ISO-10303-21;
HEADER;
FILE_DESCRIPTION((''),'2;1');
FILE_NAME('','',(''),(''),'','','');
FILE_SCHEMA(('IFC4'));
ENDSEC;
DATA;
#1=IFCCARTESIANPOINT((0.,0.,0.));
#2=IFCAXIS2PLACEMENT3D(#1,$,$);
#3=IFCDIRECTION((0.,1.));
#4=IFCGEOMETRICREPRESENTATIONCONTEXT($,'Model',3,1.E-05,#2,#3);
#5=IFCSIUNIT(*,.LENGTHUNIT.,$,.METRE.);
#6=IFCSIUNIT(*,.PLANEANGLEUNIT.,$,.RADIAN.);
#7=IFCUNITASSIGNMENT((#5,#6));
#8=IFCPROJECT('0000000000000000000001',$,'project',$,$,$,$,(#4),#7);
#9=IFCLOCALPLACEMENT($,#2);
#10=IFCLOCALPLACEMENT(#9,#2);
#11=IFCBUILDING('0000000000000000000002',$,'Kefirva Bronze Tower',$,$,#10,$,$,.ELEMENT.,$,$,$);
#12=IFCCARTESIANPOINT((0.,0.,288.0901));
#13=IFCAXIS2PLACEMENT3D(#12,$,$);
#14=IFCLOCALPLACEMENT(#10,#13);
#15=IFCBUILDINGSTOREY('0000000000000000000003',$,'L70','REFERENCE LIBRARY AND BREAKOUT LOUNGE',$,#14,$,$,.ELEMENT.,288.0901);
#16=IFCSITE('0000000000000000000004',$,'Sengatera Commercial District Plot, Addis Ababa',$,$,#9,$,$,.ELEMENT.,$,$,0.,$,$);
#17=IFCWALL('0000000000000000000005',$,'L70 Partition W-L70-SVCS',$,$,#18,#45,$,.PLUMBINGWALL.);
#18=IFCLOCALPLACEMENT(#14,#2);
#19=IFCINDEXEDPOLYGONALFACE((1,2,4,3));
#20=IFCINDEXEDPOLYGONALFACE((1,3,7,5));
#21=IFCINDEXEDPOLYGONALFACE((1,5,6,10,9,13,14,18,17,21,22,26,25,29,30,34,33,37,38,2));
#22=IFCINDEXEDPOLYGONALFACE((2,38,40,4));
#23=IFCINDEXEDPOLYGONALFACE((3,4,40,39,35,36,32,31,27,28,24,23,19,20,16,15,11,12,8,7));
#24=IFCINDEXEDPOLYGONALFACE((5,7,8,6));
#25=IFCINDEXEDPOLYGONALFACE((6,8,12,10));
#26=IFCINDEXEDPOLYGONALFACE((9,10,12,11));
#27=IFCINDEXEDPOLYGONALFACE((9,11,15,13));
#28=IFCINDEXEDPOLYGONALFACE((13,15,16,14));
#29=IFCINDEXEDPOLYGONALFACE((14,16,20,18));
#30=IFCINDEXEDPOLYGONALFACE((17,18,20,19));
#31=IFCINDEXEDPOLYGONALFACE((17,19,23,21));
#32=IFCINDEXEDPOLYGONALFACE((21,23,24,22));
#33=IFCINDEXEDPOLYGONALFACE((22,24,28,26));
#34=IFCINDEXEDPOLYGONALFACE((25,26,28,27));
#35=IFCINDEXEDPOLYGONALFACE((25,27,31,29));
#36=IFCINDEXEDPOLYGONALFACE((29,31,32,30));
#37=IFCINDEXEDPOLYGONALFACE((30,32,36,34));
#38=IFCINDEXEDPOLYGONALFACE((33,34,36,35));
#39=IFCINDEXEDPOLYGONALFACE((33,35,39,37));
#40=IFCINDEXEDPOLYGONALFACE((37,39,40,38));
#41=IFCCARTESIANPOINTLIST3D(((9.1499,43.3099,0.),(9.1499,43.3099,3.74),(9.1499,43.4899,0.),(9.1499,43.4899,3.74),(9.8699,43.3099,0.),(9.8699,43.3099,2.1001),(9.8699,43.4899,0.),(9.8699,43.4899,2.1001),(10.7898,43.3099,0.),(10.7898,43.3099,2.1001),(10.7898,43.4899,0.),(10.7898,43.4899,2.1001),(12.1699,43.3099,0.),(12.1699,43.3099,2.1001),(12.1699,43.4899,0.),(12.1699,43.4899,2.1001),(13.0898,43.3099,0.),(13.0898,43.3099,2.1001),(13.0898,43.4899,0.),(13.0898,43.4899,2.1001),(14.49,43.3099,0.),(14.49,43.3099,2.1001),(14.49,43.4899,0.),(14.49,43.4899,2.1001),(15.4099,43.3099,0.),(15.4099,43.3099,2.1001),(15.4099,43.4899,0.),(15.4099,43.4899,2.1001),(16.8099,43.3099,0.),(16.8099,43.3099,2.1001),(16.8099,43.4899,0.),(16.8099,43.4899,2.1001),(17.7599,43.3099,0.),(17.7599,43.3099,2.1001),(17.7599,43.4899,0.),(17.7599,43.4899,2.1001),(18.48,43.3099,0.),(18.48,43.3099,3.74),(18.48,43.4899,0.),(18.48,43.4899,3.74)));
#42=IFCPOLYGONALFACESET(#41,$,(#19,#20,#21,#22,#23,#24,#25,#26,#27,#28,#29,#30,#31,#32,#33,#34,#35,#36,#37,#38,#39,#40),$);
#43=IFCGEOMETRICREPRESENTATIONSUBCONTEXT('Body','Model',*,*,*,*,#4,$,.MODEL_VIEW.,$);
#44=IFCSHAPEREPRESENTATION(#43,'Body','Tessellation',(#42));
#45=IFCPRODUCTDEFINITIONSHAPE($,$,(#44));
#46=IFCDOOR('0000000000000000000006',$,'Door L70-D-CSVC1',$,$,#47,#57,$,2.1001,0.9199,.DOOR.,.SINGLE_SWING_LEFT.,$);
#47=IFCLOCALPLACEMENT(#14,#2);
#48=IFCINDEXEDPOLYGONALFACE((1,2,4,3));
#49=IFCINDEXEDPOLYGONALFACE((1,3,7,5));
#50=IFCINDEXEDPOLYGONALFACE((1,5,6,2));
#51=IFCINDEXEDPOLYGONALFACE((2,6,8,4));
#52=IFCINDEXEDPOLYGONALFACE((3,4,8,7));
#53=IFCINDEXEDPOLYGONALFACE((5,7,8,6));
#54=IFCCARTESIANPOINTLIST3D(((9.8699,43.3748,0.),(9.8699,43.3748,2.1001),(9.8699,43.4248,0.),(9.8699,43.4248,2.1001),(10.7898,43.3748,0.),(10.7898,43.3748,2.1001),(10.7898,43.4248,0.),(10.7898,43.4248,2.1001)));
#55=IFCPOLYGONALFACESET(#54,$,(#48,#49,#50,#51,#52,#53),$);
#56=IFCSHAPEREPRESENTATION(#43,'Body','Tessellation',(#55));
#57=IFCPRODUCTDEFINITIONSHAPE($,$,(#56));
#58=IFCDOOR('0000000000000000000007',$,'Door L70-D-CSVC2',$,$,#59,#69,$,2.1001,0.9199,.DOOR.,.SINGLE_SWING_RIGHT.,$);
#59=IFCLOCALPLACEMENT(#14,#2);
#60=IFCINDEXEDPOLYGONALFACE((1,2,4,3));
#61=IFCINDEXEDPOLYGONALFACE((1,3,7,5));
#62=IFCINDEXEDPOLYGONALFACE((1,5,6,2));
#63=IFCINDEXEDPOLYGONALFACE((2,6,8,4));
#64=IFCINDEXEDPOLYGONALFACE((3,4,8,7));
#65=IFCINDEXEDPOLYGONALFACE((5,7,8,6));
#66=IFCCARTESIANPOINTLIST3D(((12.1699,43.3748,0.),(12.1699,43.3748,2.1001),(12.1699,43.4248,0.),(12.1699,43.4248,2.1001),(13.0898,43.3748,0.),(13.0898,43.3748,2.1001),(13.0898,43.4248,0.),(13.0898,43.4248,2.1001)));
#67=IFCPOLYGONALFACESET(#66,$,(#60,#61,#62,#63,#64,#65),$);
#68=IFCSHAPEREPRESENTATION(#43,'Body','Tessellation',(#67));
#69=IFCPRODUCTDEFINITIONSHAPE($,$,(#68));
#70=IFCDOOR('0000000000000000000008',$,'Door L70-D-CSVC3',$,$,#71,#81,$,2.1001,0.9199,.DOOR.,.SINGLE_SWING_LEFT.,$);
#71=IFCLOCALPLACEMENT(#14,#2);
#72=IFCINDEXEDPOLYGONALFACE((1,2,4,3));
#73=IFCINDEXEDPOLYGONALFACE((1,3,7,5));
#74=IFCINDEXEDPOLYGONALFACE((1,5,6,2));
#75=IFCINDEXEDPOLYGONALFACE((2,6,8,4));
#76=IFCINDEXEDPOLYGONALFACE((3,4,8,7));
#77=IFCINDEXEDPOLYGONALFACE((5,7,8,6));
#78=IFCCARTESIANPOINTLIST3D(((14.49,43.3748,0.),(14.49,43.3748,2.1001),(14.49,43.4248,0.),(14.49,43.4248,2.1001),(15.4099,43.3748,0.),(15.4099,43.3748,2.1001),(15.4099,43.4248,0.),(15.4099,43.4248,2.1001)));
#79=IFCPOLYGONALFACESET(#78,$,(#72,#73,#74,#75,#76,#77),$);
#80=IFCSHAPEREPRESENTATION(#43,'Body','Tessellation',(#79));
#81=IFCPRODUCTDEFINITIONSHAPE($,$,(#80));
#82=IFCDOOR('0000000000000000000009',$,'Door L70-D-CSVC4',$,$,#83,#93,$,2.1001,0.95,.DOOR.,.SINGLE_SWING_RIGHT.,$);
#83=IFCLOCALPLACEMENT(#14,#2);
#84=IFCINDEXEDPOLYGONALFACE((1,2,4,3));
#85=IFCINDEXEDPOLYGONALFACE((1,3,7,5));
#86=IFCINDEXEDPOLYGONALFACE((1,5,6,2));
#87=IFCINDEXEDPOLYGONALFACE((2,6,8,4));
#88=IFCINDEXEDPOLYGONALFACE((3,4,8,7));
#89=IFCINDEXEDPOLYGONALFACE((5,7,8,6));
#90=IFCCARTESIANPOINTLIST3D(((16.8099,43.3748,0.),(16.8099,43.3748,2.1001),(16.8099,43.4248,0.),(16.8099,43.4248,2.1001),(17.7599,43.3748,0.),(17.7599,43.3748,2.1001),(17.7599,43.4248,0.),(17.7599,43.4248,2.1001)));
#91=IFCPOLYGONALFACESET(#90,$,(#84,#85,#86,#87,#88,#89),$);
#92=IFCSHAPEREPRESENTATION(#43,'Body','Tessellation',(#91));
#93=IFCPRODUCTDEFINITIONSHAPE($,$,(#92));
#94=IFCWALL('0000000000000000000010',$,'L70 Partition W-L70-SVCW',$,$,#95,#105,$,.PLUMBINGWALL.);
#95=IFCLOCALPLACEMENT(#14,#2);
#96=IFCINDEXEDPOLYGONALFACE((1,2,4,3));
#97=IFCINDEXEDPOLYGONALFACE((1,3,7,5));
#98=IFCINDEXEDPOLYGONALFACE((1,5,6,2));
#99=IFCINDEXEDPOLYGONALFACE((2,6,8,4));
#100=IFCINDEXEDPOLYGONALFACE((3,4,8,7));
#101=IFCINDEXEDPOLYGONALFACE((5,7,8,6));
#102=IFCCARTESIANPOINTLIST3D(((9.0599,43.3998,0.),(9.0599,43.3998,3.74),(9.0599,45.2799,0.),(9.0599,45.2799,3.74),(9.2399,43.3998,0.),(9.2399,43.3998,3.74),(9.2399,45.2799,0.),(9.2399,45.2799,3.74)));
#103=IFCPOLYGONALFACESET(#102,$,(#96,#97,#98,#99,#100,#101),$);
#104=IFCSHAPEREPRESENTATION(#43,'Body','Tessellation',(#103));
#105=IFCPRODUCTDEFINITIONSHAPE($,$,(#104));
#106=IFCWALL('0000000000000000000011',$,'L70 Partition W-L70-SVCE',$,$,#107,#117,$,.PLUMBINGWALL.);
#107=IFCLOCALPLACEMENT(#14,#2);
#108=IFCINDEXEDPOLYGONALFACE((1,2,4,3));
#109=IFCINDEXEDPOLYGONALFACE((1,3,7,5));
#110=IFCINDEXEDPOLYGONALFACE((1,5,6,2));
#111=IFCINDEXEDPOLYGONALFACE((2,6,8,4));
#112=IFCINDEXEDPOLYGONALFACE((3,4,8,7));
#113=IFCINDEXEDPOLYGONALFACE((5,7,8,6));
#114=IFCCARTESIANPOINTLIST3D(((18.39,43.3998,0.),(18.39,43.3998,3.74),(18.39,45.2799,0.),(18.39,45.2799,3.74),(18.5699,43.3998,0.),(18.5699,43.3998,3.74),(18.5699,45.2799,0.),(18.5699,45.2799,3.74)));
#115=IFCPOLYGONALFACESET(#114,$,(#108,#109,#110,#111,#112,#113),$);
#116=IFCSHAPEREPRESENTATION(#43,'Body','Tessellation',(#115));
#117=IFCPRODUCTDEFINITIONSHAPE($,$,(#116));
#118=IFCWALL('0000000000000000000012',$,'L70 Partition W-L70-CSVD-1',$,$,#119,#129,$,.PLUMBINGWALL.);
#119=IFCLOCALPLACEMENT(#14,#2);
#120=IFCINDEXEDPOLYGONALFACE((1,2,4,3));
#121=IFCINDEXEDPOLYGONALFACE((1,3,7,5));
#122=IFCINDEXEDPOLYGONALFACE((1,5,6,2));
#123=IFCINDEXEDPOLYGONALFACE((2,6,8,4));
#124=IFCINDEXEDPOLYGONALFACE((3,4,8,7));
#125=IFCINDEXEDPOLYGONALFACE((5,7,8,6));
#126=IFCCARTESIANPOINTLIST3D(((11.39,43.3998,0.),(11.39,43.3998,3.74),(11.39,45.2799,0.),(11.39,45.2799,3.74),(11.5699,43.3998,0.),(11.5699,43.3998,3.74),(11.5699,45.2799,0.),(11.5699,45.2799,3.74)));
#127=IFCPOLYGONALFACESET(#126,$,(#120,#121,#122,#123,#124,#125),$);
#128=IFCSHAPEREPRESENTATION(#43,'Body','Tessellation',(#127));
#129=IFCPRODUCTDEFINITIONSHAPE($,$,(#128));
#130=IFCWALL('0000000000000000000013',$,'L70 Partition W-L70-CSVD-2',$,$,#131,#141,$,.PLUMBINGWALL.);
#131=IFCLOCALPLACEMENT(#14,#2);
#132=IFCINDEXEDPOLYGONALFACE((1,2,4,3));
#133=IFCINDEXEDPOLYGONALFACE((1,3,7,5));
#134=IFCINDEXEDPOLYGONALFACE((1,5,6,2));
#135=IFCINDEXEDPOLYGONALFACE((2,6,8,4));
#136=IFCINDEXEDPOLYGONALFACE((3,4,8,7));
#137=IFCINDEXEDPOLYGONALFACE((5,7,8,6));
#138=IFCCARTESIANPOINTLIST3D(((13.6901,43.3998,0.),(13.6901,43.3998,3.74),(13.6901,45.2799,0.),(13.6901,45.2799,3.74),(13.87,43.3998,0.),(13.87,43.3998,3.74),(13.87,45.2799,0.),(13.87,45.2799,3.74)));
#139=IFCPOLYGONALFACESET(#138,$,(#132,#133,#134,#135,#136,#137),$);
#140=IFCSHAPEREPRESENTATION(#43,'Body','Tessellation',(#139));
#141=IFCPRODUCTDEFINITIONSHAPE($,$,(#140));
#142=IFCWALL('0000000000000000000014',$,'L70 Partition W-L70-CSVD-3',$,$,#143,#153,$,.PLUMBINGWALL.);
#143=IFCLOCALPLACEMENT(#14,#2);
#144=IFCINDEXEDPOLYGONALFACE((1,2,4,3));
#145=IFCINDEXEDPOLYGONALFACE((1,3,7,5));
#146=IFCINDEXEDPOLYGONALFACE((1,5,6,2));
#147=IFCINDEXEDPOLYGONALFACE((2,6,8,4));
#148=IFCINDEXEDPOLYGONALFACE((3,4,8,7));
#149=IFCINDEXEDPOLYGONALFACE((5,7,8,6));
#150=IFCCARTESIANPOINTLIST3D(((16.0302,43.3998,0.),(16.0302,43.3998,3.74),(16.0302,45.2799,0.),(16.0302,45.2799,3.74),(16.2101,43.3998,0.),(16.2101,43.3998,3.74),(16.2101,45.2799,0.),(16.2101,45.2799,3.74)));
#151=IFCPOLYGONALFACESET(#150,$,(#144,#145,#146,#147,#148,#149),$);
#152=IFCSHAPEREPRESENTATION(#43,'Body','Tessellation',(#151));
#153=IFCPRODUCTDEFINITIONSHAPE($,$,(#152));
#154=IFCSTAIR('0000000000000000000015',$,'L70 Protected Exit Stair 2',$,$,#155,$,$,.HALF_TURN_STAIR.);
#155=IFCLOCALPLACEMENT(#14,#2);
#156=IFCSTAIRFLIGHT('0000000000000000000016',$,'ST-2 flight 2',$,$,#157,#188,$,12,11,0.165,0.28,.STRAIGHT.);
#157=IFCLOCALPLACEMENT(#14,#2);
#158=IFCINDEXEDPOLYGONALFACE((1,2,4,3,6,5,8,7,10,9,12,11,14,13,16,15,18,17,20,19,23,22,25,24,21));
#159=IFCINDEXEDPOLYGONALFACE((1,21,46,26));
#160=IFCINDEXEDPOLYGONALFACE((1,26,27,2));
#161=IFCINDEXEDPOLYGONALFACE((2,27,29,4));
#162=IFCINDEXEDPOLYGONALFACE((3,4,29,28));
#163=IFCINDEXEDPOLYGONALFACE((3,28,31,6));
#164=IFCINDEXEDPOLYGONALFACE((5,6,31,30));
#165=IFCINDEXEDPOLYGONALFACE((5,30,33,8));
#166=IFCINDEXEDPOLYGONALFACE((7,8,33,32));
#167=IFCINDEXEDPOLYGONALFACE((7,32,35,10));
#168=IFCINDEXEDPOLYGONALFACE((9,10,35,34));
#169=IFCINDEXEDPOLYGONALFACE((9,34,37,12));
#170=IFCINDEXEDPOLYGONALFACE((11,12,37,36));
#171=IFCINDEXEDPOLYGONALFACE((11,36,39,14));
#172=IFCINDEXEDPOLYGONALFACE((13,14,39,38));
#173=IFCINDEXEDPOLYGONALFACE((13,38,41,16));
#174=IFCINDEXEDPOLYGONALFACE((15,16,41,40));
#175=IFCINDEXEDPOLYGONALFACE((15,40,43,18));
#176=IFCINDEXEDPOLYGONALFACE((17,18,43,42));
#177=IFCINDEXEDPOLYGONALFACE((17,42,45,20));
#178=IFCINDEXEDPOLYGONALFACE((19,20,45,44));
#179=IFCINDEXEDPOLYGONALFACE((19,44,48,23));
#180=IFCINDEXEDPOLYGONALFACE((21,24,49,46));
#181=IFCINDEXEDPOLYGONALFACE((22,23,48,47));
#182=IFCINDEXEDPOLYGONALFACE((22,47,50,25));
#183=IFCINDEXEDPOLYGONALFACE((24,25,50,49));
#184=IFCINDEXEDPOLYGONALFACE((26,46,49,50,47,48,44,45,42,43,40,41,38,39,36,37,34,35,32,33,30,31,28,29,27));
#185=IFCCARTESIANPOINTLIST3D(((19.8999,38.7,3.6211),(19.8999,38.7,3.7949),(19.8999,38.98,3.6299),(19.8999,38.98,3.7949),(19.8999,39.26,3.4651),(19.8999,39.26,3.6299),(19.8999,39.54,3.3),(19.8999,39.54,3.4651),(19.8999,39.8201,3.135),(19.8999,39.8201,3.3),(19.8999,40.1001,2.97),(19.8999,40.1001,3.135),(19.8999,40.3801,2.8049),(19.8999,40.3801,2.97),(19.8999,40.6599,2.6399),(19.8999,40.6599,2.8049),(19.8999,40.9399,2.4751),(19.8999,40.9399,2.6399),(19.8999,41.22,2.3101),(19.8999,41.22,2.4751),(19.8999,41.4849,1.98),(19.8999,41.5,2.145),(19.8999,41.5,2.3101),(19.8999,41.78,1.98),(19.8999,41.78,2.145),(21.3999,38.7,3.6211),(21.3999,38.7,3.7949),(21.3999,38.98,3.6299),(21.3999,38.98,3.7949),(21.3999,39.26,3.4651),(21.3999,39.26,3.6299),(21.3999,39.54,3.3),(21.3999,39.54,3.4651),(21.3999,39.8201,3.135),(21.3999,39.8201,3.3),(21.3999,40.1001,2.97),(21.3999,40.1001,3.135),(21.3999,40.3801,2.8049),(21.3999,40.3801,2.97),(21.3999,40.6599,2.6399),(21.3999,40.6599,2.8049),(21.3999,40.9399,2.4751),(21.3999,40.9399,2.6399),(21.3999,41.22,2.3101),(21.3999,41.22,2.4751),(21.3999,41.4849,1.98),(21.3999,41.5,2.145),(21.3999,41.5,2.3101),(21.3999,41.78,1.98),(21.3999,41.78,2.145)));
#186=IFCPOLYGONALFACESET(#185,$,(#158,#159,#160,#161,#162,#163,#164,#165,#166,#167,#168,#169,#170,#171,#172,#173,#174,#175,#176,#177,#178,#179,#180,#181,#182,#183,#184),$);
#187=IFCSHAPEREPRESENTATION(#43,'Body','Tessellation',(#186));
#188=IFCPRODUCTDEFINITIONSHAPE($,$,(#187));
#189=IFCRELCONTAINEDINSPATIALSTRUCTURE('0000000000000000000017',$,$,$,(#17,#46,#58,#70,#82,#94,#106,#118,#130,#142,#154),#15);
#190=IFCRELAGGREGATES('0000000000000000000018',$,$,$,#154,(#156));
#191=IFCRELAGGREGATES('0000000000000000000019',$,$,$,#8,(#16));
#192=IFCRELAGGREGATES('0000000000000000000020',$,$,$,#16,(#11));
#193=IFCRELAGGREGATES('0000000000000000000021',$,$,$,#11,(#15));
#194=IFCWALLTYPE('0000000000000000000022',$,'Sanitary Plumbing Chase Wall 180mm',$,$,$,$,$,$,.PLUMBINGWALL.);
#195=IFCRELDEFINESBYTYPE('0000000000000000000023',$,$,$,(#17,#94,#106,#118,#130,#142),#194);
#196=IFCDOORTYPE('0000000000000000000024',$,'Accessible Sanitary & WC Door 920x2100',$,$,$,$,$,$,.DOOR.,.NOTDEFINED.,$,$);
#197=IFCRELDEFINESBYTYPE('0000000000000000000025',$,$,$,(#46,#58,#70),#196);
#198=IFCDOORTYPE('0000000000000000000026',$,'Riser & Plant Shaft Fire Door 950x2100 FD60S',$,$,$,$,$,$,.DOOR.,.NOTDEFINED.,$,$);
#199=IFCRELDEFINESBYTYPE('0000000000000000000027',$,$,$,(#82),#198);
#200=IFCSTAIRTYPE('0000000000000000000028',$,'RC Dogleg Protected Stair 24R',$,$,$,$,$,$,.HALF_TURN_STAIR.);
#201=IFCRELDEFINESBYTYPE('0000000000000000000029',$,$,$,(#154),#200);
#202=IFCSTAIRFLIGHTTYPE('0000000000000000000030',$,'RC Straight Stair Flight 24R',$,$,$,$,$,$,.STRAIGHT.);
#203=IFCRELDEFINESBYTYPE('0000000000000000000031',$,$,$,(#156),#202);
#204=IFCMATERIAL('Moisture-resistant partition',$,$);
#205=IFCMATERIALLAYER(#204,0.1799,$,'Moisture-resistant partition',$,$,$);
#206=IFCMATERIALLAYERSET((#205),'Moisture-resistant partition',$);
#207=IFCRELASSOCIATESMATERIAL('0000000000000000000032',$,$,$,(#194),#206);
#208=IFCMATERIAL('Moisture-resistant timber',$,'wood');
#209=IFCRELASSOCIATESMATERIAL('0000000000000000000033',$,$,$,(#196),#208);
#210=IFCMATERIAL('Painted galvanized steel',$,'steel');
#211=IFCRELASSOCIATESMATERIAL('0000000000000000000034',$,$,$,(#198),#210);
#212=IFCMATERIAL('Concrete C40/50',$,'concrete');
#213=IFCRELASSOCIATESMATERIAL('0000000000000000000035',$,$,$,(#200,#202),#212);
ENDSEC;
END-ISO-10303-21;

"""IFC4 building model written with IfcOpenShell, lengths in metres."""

from ifc_helpers import new_model, si_unit, direction, frame, frame_2d, origin, place, context, subcontext, project, spatial, polyline, rectangle, outline, extrude, material, layer, layer_set, type_object, element, fill, aggregate, save


model = new_model("IFC4")

# Units and contexts
model_context = context("Model", 3, precision=1e-05, world=origin(), true_north=direction((0.0, 1.0)))
body_context = subcontext(model_context, "Body", "Model", "MODEL_VIEW")
ifc_project = project(units=[si_unit("LENGTHUNIT", "METRE"), si_unit("PLANEANGLEUNIT", "RADIAN")], contexts=[model_context])

# Site, building, storey
site_placement = place(None, origin())
site = spatial("IfcSite", under=ifc_project, at=site_placement, Name="Sengatera Commercial District Plot, Addis Ababa", CompositionType="ELEMENT", RefElevation=0.0)
building_placement = place(site_placement, origin())
building = spatial("IfcBuilding", under=site, at=building_placement, Name="Kefirva Bronze Tower", CompositionType="ELEMENT")
storey_placement = place(building_placement, frame((0.0, 0.0, 288.0901)))
storey = spatial("IfcBuildingStorey", under=building, at=storey_placement, Name="L70", Description="REFERENCE LIBRARY AND BREAKOUT LOUNGE", CompositionType="ELEMENT", Elevation=288.0901)

# Wall, openings, doors
ifc_material_1 = material(Name="Moisture-resistant partition")
ifc_layer_1 = layer(ifc_material_1, 0.1799, Name="Moisture-resistant partition")
ifc_layer_set_1 = layer_set([ifc_layer_1], Name="Moisture-resistant partition")
wall_type_1 = type_object("IfcWallType", Name="Sanitary Plumbing Chase Wall 180mm", PredefinedType="PLUMBINGWALL", material=ifc_layer_set_1)
wall_1_placement = place(storey_placement, frame((9.1499, 43.3999, 0.0), z_axis=(0.0, 0.0, 1.0), x_axis=(1.0, 0.0, 0.0)))
wall_1 = element("IfcWall", 1, at=wall_1_placement, inside=storey, type_object=wall_type_1, Name="L70 Partition W-L70-SVCS", PredefinedType="PLUMBINGWALL", context=body_context, shape_type="SweptSolid", body=[
    extrude(rectangle(XDim=9.3301, YDim=0.1799, at=frame_2d((4.665, 0.0))), origin(), (0.0, 0.0, 1.0), 3.74),
])
opening_1_placement = place(wall_1_placement, frame((0.72, 0.0, 0.0)))
opening_1 = element("IfcOpeningElement", 2, at=opening_1_placement, cuts=wall_1, PredefinedType="OPENING", context=body_context, shape_type="SweptSolid", body=[
    extrude(rectangle(XDim=0.9199, YDim=2.1001, at=frame_2d((0.46, 1.05))), frame((0.0, 0.1001, 0.0), z_axis=(0.0, -1.0, 0.0), x_axis=(1.0, 0.0, 0.0)), (0.0, 0.0, 1.0), 0.2),
])
opening_2_placement = place(wall_1_placement, frame((3.02, 0.0, 0.0)))
opening_2 = element("IfcOpeningElement", 3, at=opening_2_placement, cuts=wall_1, PredefinedType="OPENING", context=body_context, shape_type="SweptSolid", body=[
    extrude(rectangle(XDim=0.9199, YDim=2.1001, at=frame_2d((0.46, 1.05))), frame((0.0, 0.1001, 0.0), z_axis=(0.0, -1.0, 0.0), x_axis=(1.0, 0.0, 0.0)), (0.0, 0.0, 1.0), 0.2),
])
opening_3_placement = place(wall_1_placement, frame((5.3401, 0.0, 0.0)))
opening_3 = element("IfcOpeningElement", 4, at=opening_3_placement, cuts=wall_1, PredefinedType="OPENING", context=body_context, shape_type="SweptSolid", body=[
    extrude(rectangle(XDim=0.9199, YDim=2.1001, at=frame_2d((0.46, 1.05))), frame((0.0, 0.1001, 0.0), z_axis=(0.0, -1.0, 0.0), x_axis=(1.0, 0.0, 0.0)), (0.0, 0.0, 1.0), 0.2),
])
opening_4_placement = place(wall_1_placement, frame((7.6599, 0.0, 0.0)))
opening_4 = element("IfcOpeningElement", 5, at=opening_4_placement, cuts=wall_1, PredefinedType="OPENING", context=body_context, shape_type="SweptSolid", body=[
    extrude(rectangle(XDim=0.95, YDim=2.1001, at=frame_2d((0.4751, 1.05))), frame((0.0, 0.1001, 0.0), z_axis=(0.0, -1.0, 0.0), x_axis=(1.0, 0.0, 0.0)), (0.0, 0.0, 1.0), 0.2),
])
ifc_material_2 = material(Name="Moisture-resistant timber", Category="wood")
door_type_1 = type_object("IfcDoorType", Name="Accessible Sanitary & WC Door 920x2100", OperationType="NOTDEFINED", PredefinedType="DOOR", material=ifc_material_2)
door_1_placement = place(opening_1_placement, origin())
door_1 = element("IfcDoor", 6, at=door_1_placement, inside=storey, type_object=door_type_1, Name="Door L70-D-CSVC1", OperationType="SINGLE_SWING_LEFT", OverallHeight=2.1001, OverallWidth=0.9199, PredefinedType="DOOR", context=body_context, shape_type="SweptSolid", body=[
    extrude(rectangle(XDim=0.9199, YDim=2.1001, at=frame_2d((0.46, 1.05))), frame((0.0, 0.0249, 0.0), z_axis=(0.0, -1.0, 0.0), x_axis=(1.0, 0.0, 0.0)), (0.0, 0.0, 1.0), 0.05),
])
fill(opening_1, door_1)
door_2_placement = place(opening_2_placement, origin())
door_2 = element("IfcDoor", 7, at=door_2_placement, inside=storey, type_object=door_type_1, Name="Door L70-D-CSVC2", OperationType="SINGLE_SWING_RIGHT", OverallHeight=2.1001, OverallWidth=0.9199, PredefinedType="DOOR", context=body_context, shape_type="SweptSolid", body=[
    extrude(rectangle(XDim=0.9199, YDim=2.1001, at=frame_2d((0.46, 1.05))), frame((0.0, 0.0249, 0.0), z_axis=(0.0, -1.0, 0.0), x_axis=(1.0, 0.0, 0.0)), (0.0, 0.0, 1.0), 0.05),
])
fill(opening_2, door_2)
door_3_placement = place(opening_3_placement, origin())
door_3 = element("IfcDoor", 8, at=door_3_placement, inside=storey, type_object=door_type_1, Name="Door L70-D-CSVC3", OperationType="SINGLE_SWING_LEFT", OverallHeight=2.1001, OverallWidth=0.9199, PredefinedType="DOOR", context=body_context, shape_type="SweptSolid", body=[
    extrude(rectangle(XDim=0.9199, YDim=2.1001, at=frame_2d((0.46, 1.05))), frame((0.0, 0.0249, 0.0), z_axis=(0.0, -1.0, 0.0), x_axis=(1.0, 0.0, 0.0)), (0.0, 0.0, 1.0), 0.05),
])
fill(opening_3, door_3)
ifc_material_3 = material(Name="Painted galvanized steel", Category="steel")
door_type_2 = type_object("IfcDoorType", Name="Riser & Plant Shaft Fire Door 950x2100 FD60S", OperationType="NOTDEFINED", PredefinedType="DOOR", material=ifc_material_3)
door_4_placement = place(opening_4_placement, origin())
door_4 = element("IfcDoor", 9, at=door_4_placement, inside=storey, type_object=door_type_2, Name="Door L70-D-CSVC4", OperationType="SINGLE_SWING_RIGHT", OverallHeight=2.1001, OverallWidth=0.95, PredefinedType="DOOR", context=body_context, shape_type="SweptSolid", body=[
    extrude(rectangle(XDim=0.95, YDim=2.1001, at=frame_2d((0.4751, 1.05))), frame((0.0, 0.0249, 0.0), z_axis=(0.0, -1.0, 0.0), x_axis=(1.0, 0.0, 0.0)), (0.0, 0.0, 1.0), 0.05),
])
fill(opening_4, door_4)

# Walls
for number, where, z_axis, x_axis, name in (
    (10, (9.1499, 43.3999, 0.0), (0.0, 0.0, 1.0), (0.0, 1.0, 0.0), "L70 Partition W-L70-SVCW"),
    (11, (18.48, 43.3999, 0.0), (0.0, 0.0, 1.0), (0.0, 1.0, 0.0), "L70 Partition W-L70-SVCE"),
    (12, (11.48, 43.3999, 0.0), (0.0, 0.0, 1.0), (0.0, 1.0, 0.0), "L70 Partition W-L70-CSVD-1"),
    (13, (13.78, 43.3999, 0.0), (0.0, 0.0, 1.0), (0.0, 1.0, 0.0), "L70 Partition W-L70-CSVD-2"),
    (14, (16.1201, 43.3999, 0.0), (0.0, 0.0, 1.0), (0.0, 1.0, 0.0), "L70 Partition W-L70-CSVD-3"),
):
    element("IfcWall", number, at=place(storey_placement, frame(where, z_axis=z_axis, x_axis=x_axis)), inside=storey, type_object=wall_type_1, Name=name, PredefinedType="PLUMBINGWALL", context=body_context, shape_type="SweptSolid", body=[
        extrude(rectangle(XDim=1.8801, YDim=0.1799, at=frame_2d((0.9399, 0.0))), origin(), (0.0, 0.0, 1.0), 3.74),
    ])

# Stair, stair flight
ifc_material_4 = material(Name="Concrete C40/50", Category="concrete")
stair_type = type_object("IfcStairType", Name="RC Dogleg Protected Stair 24R", PredefinedType="HALF_TURN_STAIR", material=ifc_material_4)
stair_placement = place(storey_placement, origin())
stair = element("IfcStair", 15, at=stair_placement, inside=storey, type_object=stair_type, Name="L70 Protected Exit Stair 2", PredefinedType="HALF_TURN_STAIR")
stair_flight_type = type_object("IfcStairFlightType", Name="RC Straight Stair Flight 24R", PredefinedType="STRAIGHT", material=ifc_material_4)
stair_flight_placement = place(storey_placement, frame((20.6499, 41.78, 1.98), z_axis=(0.0, 0.0, 1.0), x_axis=(0.0, -1.0, 0.0)))
stair_flight = element("IfcStairFlight", 16, at=stair_flight_placement, type_object=stair_flight_type, Name="ST-2 flight 2", NumberOfRisers=12, NumberOfTreads=11, PredefinedType="STRAIGHT", RiserHeight=0.165, TreadLength=0.28, context=body_context, shape_type="SweptSolid", body=[
    extrude(outline(polyline([(0.0, 0.0), (0.0, 0.165), (0.28, 0.165), (0.28, 0.3301), (0.5601, 0.3301), (0.5601, 0.4951), (0.8401, 0.4951), (0.8401, 0.6599), (1.1201, 0.6599), (1.1201, 0.825), (1.3999, 0.825), (1.3999, 0.99), (1.6799, 0.99), (1.6799, 1.155), (1.96, 1.155), (1.96, 1.3201), (2.24, 1.3201), (2.24, 1.4851), (2.52, 1.4851), (2.52, 1.6499), (2.8, 1.6499), (2.8, 1.8149), (3.0801, 1.8149), (3.0801, 1.98), (3.0801, 1.6411), (0.2952, 0.0), (0.0, 0.0)])), frame((0.0, 0.75, 0.0), z_axis=(0.0, -1.0, 0.0), x_axis=(1.0, 0.0, 0.0)), (0.0, 0.0, 1.0), 1.5),
])
aggregate(stair, [stair_flight])

save(model, "model.ifc")
